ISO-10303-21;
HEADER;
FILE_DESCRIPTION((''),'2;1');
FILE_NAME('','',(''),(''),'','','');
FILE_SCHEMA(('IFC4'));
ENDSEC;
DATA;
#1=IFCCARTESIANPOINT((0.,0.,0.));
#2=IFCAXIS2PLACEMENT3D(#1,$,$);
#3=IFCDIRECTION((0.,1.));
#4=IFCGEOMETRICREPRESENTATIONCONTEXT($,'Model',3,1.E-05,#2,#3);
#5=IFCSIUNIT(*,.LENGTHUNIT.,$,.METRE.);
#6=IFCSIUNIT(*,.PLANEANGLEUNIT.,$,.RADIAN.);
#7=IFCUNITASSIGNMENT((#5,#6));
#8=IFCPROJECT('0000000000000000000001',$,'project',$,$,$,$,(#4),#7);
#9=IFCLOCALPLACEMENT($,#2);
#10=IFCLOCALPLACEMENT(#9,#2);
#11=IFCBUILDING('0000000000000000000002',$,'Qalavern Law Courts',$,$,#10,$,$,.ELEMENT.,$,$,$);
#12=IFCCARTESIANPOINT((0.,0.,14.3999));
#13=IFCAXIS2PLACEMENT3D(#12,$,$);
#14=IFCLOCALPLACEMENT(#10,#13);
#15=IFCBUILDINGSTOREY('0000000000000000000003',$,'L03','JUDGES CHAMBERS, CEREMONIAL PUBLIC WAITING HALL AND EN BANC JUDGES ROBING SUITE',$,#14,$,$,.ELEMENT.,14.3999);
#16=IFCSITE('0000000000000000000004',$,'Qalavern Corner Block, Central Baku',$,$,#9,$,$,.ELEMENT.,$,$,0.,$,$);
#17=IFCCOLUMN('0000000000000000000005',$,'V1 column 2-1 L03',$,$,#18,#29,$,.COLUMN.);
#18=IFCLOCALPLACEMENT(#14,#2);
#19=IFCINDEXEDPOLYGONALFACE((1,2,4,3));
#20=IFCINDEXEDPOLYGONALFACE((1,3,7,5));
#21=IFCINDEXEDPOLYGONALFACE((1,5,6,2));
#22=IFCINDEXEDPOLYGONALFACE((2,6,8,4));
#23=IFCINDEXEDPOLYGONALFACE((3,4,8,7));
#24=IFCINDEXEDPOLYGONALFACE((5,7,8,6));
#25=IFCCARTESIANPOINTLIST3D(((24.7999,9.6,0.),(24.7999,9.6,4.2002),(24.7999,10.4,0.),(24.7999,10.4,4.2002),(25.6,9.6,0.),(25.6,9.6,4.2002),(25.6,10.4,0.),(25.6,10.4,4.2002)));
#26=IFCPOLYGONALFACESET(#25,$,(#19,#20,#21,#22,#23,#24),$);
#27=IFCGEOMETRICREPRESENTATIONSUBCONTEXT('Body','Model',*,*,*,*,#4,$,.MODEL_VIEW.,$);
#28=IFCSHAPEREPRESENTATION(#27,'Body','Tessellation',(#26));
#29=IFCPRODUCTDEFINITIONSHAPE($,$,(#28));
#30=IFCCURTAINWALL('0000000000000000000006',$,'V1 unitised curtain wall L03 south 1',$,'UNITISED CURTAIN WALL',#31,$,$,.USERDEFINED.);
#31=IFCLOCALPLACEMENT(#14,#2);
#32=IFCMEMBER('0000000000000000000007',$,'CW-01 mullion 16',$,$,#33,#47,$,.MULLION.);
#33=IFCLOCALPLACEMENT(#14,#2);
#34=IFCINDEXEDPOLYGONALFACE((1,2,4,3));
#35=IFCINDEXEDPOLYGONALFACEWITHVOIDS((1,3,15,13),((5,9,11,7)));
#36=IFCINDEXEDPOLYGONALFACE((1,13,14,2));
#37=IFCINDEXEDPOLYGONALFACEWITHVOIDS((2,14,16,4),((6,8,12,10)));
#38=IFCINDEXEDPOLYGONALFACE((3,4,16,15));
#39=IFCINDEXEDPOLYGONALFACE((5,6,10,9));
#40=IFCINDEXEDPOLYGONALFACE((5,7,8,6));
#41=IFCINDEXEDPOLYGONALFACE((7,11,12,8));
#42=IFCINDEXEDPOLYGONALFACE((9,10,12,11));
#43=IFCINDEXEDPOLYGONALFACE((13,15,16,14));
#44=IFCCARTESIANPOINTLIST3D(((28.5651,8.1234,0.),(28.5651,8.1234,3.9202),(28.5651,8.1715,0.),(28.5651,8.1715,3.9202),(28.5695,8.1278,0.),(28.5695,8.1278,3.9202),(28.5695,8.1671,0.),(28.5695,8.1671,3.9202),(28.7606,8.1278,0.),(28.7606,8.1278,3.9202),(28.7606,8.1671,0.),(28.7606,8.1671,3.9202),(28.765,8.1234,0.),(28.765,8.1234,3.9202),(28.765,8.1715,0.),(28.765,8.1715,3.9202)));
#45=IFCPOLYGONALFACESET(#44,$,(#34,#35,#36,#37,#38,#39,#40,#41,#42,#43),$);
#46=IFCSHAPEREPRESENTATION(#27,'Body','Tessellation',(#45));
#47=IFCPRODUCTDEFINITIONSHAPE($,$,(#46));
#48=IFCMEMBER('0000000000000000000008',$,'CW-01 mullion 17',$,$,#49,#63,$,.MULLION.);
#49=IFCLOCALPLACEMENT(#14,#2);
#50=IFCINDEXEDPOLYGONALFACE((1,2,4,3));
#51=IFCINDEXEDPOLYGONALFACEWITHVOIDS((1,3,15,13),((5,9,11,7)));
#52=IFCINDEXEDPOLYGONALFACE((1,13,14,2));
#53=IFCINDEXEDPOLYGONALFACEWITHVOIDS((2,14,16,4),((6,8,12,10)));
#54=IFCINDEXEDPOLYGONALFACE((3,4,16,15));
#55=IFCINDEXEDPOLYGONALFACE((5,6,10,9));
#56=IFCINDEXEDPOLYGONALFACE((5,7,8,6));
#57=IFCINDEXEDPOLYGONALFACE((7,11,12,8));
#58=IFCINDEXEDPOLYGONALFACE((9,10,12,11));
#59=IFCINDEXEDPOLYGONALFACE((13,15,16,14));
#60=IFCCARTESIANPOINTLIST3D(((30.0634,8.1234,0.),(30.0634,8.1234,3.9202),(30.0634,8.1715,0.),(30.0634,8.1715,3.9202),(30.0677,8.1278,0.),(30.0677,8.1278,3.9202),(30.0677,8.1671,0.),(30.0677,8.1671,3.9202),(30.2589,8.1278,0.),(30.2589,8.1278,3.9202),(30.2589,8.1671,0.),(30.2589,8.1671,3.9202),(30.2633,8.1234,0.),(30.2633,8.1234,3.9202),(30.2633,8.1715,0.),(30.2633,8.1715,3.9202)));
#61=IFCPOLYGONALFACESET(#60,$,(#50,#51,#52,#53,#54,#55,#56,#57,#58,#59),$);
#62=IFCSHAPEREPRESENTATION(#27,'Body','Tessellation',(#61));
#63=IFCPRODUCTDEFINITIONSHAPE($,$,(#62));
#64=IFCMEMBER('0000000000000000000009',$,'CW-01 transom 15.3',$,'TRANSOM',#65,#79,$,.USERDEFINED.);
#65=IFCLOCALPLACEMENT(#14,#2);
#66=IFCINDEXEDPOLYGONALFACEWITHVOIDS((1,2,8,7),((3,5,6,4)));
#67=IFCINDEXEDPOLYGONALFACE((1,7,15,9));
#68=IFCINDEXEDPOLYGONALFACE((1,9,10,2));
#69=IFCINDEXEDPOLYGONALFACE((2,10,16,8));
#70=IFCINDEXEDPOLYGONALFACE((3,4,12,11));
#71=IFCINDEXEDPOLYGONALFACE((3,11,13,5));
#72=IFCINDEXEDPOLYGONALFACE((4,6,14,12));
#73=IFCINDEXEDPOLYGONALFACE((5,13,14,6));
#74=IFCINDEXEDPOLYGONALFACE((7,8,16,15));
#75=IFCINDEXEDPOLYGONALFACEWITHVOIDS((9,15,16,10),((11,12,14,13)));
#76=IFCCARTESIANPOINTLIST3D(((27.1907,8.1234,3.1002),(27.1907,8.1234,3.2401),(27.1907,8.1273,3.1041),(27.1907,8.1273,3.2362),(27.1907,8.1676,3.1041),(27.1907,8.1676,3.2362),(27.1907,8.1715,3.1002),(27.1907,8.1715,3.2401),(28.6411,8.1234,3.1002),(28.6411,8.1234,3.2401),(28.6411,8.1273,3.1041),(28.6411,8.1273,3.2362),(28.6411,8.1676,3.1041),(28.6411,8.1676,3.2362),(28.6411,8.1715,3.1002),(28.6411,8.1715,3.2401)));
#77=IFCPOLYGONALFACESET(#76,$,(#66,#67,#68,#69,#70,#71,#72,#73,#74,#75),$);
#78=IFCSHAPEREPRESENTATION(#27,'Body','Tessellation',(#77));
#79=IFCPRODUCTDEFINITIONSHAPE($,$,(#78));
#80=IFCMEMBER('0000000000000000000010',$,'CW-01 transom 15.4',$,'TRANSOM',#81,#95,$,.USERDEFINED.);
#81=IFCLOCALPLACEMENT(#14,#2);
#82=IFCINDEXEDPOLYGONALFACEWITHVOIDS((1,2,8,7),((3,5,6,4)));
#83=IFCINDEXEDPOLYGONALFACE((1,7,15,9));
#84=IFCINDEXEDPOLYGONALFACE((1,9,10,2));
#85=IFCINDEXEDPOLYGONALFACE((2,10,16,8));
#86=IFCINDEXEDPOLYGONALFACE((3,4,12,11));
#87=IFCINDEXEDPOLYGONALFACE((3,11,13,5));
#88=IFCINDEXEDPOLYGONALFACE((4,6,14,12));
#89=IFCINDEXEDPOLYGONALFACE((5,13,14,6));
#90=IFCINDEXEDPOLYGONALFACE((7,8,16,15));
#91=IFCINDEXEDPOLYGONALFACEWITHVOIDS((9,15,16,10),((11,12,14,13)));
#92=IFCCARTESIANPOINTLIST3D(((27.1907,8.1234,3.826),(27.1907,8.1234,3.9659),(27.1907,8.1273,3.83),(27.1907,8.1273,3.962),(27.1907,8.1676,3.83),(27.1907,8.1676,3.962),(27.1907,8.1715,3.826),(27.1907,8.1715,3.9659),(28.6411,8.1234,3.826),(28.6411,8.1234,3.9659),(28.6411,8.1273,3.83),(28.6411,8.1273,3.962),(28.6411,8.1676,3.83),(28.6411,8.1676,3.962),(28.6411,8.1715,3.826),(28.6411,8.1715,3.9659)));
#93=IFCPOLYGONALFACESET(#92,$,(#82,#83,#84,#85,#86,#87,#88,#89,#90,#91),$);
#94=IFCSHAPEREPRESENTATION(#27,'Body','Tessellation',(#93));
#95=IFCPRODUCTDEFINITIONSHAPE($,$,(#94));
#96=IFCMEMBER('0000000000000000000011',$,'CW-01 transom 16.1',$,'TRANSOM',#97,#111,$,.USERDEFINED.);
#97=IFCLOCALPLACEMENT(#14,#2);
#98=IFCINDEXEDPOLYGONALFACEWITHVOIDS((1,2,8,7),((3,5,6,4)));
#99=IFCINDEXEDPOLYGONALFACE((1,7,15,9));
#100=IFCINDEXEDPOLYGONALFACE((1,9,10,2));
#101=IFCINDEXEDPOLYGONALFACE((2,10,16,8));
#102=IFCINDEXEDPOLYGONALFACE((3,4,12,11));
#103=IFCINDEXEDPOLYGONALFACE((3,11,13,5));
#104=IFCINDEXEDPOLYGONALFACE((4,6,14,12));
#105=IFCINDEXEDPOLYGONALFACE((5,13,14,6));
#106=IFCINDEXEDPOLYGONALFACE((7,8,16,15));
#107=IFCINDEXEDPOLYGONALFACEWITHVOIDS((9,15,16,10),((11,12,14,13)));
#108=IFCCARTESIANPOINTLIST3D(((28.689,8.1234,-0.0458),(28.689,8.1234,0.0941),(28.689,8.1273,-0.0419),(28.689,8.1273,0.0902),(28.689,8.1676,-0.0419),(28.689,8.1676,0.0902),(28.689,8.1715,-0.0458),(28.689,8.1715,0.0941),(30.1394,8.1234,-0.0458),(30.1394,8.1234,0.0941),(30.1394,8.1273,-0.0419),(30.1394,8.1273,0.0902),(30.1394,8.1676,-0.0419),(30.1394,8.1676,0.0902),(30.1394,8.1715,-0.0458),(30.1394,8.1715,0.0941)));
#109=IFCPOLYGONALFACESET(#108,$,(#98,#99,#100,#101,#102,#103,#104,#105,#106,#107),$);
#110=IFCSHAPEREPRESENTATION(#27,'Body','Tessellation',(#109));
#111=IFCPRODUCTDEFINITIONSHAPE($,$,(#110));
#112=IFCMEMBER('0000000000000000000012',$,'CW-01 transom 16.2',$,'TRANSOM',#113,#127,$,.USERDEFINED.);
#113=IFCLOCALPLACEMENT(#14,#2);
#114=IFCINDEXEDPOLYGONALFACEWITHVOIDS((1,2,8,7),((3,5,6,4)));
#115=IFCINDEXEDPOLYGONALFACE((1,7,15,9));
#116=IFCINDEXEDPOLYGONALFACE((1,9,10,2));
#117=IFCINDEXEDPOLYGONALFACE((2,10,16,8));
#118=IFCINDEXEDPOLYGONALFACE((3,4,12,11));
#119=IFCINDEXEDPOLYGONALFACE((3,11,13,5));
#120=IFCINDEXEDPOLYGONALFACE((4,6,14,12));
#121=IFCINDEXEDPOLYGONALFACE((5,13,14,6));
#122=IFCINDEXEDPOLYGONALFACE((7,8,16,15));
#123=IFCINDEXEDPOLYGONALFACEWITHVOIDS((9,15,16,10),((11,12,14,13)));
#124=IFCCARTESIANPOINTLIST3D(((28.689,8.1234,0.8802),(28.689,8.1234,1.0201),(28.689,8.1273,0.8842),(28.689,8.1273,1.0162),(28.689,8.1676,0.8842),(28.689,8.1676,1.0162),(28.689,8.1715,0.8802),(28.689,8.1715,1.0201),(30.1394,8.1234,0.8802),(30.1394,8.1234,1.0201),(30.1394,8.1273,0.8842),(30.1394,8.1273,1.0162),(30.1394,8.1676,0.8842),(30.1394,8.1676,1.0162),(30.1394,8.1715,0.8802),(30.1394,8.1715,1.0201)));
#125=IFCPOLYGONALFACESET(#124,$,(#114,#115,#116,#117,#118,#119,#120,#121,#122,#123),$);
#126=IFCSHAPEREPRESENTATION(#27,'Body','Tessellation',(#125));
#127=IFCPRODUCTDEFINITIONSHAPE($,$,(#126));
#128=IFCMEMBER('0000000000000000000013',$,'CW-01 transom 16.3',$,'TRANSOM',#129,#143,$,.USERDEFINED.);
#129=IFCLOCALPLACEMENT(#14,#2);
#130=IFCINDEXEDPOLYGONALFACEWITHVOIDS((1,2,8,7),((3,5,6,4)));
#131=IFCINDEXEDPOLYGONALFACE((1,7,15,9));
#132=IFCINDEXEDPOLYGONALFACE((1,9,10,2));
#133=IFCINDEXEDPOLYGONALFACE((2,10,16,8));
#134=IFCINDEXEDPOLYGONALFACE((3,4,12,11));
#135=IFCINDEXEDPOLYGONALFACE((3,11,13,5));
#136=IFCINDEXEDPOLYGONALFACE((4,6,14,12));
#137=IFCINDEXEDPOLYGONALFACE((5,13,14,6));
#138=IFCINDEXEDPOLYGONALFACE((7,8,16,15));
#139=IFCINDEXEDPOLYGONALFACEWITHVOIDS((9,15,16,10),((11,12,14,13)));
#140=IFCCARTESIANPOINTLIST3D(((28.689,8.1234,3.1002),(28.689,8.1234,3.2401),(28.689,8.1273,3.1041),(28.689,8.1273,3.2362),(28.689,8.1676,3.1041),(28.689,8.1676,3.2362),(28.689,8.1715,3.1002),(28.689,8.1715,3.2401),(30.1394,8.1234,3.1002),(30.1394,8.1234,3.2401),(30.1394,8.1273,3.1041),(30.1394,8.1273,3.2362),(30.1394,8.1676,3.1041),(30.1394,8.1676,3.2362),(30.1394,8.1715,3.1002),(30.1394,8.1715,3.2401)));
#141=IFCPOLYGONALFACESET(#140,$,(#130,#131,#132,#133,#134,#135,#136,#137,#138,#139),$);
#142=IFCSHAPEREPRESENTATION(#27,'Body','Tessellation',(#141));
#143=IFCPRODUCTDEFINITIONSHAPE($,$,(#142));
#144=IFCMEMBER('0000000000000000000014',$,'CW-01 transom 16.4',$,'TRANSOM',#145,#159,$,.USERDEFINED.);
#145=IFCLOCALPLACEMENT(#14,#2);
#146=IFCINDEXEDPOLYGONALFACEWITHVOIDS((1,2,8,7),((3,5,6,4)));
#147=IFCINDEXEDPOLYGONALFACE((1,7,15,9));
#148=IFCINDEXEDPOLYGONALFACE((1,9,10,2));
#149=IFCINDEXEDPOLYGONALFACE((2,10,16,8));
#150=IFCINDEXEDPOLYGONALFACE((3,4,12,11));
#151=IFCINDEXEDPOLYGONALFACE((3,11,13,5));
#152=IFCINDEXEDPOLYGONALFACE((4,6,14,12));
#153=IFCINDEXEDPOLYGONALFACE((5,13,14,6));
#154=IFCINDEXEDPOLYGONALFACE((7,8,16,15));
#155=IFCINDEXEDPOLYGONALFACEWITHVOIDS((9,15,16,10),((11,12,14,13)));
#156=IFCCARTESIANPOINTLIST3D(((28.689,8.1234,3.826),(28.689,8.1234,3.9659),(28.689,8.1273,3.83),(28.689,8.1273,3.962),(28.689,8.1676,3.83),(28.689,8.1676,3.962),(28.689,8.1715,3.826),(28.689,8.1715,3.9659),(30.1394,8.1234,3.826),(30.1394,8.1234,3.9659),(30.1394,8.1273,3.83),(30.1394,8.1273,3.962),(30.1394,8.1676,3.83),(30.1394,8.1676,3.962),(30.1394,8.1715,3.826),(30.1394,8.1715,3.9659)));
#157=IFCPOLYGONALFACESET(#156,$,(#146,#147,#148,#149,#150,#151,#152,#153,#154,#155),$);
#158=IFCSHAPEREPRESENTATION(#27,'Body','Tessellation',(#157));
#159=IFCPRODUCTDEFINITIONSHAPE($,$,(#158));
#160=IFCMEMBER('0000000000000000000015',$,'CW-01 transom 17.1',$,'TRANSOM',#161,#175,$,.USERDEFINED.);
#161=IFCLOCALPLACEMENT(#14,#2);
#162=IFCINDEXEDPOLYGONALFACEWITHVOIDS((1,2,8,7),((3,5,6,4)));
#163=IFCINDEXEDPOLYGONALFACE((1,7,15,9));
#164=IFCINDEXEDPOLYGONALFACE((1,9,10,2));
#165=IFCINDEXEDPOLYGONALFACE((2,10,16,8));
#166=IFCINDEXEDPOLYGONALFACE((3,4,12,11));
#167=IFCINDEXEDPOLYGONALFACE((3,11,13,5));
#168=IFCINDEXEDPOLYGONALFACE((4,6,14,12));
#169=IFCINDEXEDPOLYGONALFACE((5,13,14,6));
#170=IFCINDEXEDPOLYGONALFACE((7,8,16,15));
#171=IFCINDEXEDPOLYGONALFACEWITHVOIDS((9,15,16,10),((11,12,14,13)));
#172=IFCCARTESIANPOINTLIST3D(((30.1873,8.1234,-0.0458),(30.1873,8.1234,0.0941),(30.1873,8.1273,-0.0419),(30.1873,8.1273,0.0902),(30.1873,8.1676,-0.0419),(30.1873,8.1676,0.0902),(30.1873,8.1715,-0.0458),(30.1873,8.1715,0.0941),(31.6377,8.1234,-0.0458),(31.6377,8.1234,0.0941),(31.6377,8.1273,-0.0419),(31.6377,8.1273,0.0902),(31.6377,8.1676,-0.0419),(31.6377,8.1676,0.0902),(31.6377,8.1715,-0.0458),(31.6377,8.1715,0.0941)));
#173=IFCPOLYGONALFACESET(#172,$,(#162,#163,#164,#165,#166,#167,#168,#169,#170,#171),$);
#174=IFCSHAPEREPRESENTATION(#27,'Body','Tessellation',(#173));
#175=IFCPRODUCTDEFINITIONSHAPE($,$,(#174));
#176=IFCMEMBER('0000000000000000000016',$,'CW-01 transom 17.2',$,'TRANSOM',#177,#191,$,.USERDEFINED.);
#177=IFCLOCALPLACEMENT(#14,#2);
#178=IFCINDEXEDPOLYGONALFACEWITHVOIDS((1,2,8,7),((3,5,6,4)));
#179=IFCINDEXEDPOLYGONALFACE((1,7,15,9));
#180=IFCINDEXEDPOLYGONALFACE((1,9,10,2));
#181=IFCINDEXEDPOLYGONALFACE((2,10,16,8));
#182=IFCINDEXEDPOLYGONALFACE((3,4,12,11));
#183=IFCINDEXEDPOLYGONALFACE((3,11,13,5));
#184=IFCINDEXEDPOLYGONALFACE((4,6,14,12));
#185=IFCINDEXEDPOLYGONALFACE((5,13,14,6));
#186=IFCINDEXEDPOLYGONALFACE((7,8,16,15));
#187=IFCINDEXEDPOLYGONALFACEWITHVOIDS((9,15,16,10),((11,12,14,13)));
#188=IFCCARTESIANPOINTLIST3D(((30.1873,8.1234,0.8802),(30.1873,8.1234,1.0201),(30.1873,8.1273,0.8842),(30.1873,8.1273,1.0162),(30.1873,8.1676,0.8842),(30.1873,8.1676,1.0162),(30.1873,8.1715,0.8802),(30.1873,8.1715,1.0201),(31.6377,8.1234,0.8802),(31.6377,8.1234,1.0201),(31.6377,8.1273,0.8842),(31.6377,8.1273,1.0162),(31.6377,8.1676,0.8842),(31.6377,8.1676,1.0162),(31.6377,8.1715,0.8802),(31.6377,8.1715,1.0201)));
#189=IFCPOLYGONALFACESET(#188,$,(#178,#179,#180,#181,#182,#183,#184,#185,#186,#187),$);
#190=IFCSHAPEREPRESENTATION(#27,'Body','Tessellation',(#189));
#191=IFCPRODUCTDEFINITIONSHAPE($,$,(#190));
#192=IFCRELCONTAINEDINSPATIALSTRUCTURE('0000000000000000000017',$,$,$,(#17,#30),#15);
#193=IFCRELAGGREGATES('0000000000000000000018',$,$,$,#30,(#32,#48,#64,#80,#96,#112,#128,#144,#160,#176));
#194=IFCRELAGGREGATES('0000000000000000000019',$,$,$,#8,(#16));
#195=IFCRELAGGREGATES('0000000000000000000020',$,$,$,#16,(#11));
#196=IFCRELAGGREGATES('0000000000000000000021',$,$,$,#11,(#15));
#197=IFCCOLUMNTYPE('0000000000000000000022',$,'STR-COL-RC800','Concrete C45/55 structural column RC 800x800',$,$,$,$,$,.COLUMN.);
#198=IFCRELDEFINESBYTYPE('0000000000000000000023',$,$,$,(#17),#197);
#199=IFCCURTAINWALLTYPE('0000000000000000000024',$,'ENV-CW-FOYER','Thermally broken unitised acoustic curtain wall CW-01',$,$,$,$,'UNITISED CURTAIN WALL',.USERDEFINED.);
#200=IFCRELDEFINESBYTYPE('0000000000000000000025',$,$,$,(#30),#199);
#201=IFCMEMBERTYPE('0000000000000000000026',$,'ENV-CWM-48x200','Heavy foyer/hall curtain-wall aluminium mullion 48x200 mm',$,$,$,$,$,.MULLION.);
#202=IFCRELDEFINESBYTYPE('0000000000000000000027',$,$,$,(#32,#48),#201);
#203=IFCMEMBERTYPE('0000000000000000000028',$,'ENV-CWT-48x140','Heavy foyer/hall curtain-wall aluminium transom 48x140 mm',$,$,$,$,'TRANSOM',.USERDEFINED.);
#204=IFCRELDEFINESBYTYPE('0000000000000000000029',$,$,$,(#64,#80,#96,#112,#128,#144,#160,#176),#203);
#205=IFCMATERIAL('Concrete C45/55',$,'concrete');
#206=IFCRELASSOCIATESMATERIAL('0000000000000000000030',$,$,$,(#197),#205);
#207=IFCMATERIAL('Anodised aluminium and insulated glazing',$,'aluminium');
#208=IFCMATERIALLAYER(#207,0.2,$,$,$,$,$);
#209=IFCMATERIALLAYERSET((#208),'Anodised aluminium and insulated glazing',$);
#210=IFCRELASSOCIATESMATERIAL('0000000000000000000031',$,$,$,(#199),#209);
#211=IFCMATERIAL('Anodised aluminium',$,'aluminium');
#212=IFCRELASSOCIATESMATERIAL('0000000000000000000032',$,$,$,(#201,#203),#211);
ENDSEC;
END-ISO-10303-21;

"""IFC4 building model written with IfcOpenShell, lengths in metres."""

from ifc_helpers import new_model, si_unit, direction, frame, origin, origin_2d, place, context, subcontext, project, spatial, rectangle, hollow_rectangle, extrude, material, layer, layer_set, material_profile, profile_set, type_object, element, aggregate, save


model = new_model("IFC4")

# Units and contexts
model_context = context("Model", 3, precision=1e-05, world=origin(), true_north=direction((0.0, 1.0)))
body_context = subcontext(model_context, "Body", "Model", "MODEL_VIEW")
ifc_project = project(units=[si_unit("LENGTHUNIT", "METRE"), si_unit("PLANEANGLEUNIT", "RADIAN")], contexts=[model_context])

# Site, building, storey
site_placement = place(None, origin())
site = spatial("IfcSite", under=ifc_project, at=site_placement, Name="Qalavern Corner Block, Central Baku", CompositionType="ELEMENT", RefElevation=0.0)
building_placement = place(site_placement, origin())
building = spatial("IfcBuilding", under=site, at=building_placement, Name="Qalavern Law Courts", CompositionType="ELEMENT")
storey_placement = place(building_placement, frame((0.0, 0.0, 14.3999)))
storey = spatial("IfcBuildingStorey", under=building, at=storey_placement, Name="L03", Description="JUDGES CHAMBERS, CEREMONIAL PUBLIC WAITING HALL AND EN BANC JUDGES ROBING SUITE", CompositionType="ELEMENT", Elevation=14.3999)

# Column
ifc_material_1 = material(Name="Concrete C45/55", Category="concrete")
ifc_material_profile_1 = material_profile(ifc_material_1, rectangle(XDim=0.8, YDim=0.8, at=origin_2d()), Name="RC 800x800")
ifc_profile_set_1 = profile_set([ifc_material_profile_1], Name="Concrete C45/55")
column_type = type_object("IfcColumnType", Name="STR-COL-RC800", Description="Concrete C45/55 structural column RC 800x800", PredefinedType="COLUMN", material=ifc_profile_set_1)
column_placement = place(storey_placement, frame((25.2, 10.0, 0.0), z_axis=(0.0, 0.0, 1.0), x_axis=(1.0, 0.0, 0.0)))
element("IfcColumn", 1, at=column_placement, inside=storey, type_object=column_type, Name="V1 column 2-1 L03", PredefinedType="COLUMN", context=body_context, shape_type="SweptSolid", body=[
    extrude(rectangle(XDim=0.8, YDim=0.8, at=origin_2d()), origin(), (0.0, 0.0, 1.0), 4.2002),
])

# Curtain wall, members
ifc_material_2 = material(Name="Anodised aluminium and insulated glazing", Category="aluminium")
ifc_layer_1 = layer(ifc_material_2, 0.2)
ifc_layer_set_1 = layer_set([ifc_layer_1], Name="Anodised aluminium and insulated glazing")
curtain_wall_type = type_object("IfcCurtainWallType", Name="ENV-CW-FOYER", Description="Thermally broken unitised acoustic curtain wall CW-01", ElementType="UNITISED CURTAIN WALL", PredefinedType="USERDEFINED", material=ifc_layer_set_1)
curtain_wall_placement = place(storey_placement, origin())
curtain_wall = element("IfcCurtainWall", 2, at=curtain_wall_placement, inside=storey, type_object=curtain_wall_type, Name="V1 unitised curtain wall L03 south 1", ObjectType="UNITISED CURTAIN WALL", PredefinedType="USERDEFINED")
ifc_material_3 = material(Name="Anodised aluminium", Category="aluminium")
ifc_material_profile_2 = material_profile(ifc_material_3, hollow_rectangle(XDim=0.0481, YDim=0.2, WallThickness=0.0044, at=origin_2d()), Name="ALU MULLION 48x200")
ifc_profile_set_2 = profile_set([ifc_material_profile_2], Name="Anodised aluminium")
member_type_1 = type_object("IfcMemberType", Name="ENV-CWM-48x200", Description="Heavy foyer/hall curtain-wall aluminium mullion 48x200 mm", PredefinedType="MULLION", material=ifc_profile_set_2)
member_1_placement = place(storey_placement, frame((28.665, 8.1475, 0.0), z_axis=(0.0, 0.0, 1.0), x_axis=(0.0, 1.0, 0.0)))
member_1 = element("IfcMember", 3, at=member_1_placement, type_object=member_type_1, Name="CW-01 mullion 16", PredefinedType="MULLION", context=body_context, shape_type="SweptSolid", body=[
    extrude(hollow_rectangle(XDim=0.0481, YDim=0.2, WallThickness=0.0044, at=origin_2d()), origin(), (0.0, 0.0, 1.0), 3.9202),
])
member_2_placement = place(storey_placement, frame((30.1633, 8.1475, 0.0), z_axis=(0.0, 0.0, 1.0), x_axis=(0.0, 1.0, 0.0)))
member_2 = element("IfcMember", 4, at=member_2_placement, type_object=member_type_1, Name="CW-01 mullion 17", PredefinedType="MULLION", context=body_context, shape_type="SweptSolid", body=[
    extrude(hollow_rectangle(XDim=0.0481, YDim=0.2, WallThickness=0.0044, at=origin_2d()), origin(), (0.0, 0.0, 1.0), 3.9202),
])
ifc_material_profile_3 = material_profile(ifc_material_3, hollow_rectangle(XDim=0.0481, YDim=0.1399, WallThickness=0.0039, at=origin_2d()), Name="ALU TRANSOM 48x140")
ifc_profile_set_3 = profile_set([ifc_material_profile_3], Name="Anodised aluminium")
member_type_2 = type_object("IfcMemberType", Name="ENV-CWT-48x140", Description="Heavy foyer/hall curtain-wall aluminium transom 48x140 mm", ElementType="TRANSOM", PredefinedType="USERDEFINED", material=ifc_profile_set_3)
member_3_placement = place(storey_placement, frame((27.1907, 8.1475, 3.1702), z_axis=(1.0, 0.0, 0.0), x_axis=(0.0, 1.0, 0.0)))
member_3 = element("IfcMember", 5, at=member_3_placement, type_object=member_type_2, Name="CW-01 transom 15.3", ObjectType="TRANSOM", PredefinedType="USERDEFINED", context=body_context, shape_type="SweptSolid", body=[
    extrude(hollow_rectangle(XDim=0.0481, YDim=0.1399, WallThickness=0.0039, at=origin_2d()), origin(), (0.0, 0.0, 1.0), 1.4504),
])
member_4_placement = place(storey_placement, frame((27.1907, 8.1475, 3.896), z_axis=(1.0, 0.0, 0.0), x_axis=(0.0, 1.0, 0.0)))
member_4 = element("IfcMember", 6, at=member_4_placement, type_object=member_type_2, Name="CW-01 transom 15.4", ObjectType="TRANSOM", PredefinedType="USERDEFINED", context=body_context, shape_type="SweptSolid", body=[
    extrude(hollow_rectangle(XDim=0.0481, YDim=0.1399, WallThickness=0.0039, at=origin_2d()), origin(), (0.0, 0.0, 1.0), 1.4504),
])
member_5_placement = place(storey_placement, frame((28.689, 8.1475, 0.0242), z_axis=(1.0, 0.0, 0.0), x_axis=(0.0, 1.0, 0.0)))
member_5 = element("IfcMember", 7, at=member_5_placement, type_object=member_type_2, Name="CW-01 transom 16.1", ObjectType="TRANSOM", PredefinedType="USERDEFINED", context=body_context, shape_type="SweptSolid", body=[
    extrude(hollow_rectangle(XDim=0.0481, YDim=0.1399, WallThickness=0.0039, at=origin_2d()), origin(), (0.0, 0.0, 1.0), 1.4504),
])
member_6_placement = place(storey_placement, frame((28.689, 8.1475, 0.9502), z_axis=(1.0, 0.0, 0.0), x_axis=(0.0, 1.0, 0.0)))
member_6 = element("IfcMember", 8, at=member_6_placement, type_object=member_type_2, Name="CW-01 transom 16.2", ObjectType="TRANSOM", PredefinedType="USERDEFINED", context=body_context, shape_type="SweptSolid", body=[
    extrude(hollow_rectangle(XDim=0.0481, YDim=0.1399, WallThickness=0.0039, at=origin_2d()), origin(), (0.0, 0.0, 1.0), 1.4504),
])
member_7_placement = place(storey_placement, frame((28.689, 8.1475, 3.1702), z_axis=(1.0, 0.0, 0.0), x_axis=(0.0, 1.0, 0.0)))
member_7 = element("IfcMember", 9, at=member_7_placement, type_object=member_type_2, Name="CW-01 transom 16.3", ObjectType="TRANSOM", PredefinedType="USERDEFINED", context=body_context, shape_type="SweptSolid", body=[
    extrude(hollow_rectangle(XDim=0.0481, YDim=0.1399, WallThickness=0.0039, at=origin_2d()), origin(), (0.0, 0.0, 1.0), 1.4504),
])
member_8_placement = place(storey_placement, frame((28.689, 8.1475, 3.896), z_axis=(1.0, 0.0, 0.0), x_axis=(0.0, 1.0, 0.0)))
member_8 = element("IfcMember", 10, at=member_8_placement, type_object=member_type_2, Name="CW-01 transom 16.4", ObjectType="TRANSOM", PredefinedType="USERDEFINED", context=body_context, shape_type="SweptSolid", body=[
    extrude(hollow_rectangle(XDim=0.0481, YDim=0.1399, WallThickness=0.0039, at=origin_2d()), origin(), (0.0, 0.0, 1.0), 1.4504),
])
member_9_placement = place(storey_placement, frame((30.1873, 8.1475, 0.0242), z_axis=(1.0, 0.0, 0.0), x_axis=(0.0, 1.0, 0.0)))
member_9 = element("IfcMember", 11, at=member_9_placement, type_object=member_type_2, Name="CW-01 transom 17.1", ObjectType="TRANSOM", PredefinedType="USERDEFINED", context=body_context, shape_type="SweptSolid", body=[
    extrude(hollow_rectangle(XDim=0.0481, YDim=0.1399, WallThickness=0.0039, at=origin_2d()), origin(), (0.0, 0.0, 1.0), 1.4504),
])
member_10_placement = place(storey_placement, frame((30.1873, 8.1475, 0.9502), z_axis=(1.0, 0.0, 0.0), x_axis=(0.0, 1.0, 0.0)))
member_10 = element("IfcMember", 12, at=member_10_placement, type_object=member_type_2, Name="CW-01 transom 17.2", ObjectType="TRANSOM", PredefinedType="USERDEFINED", context=body_context, shape_type="SweptSolid", body=[
    extrude(hollow_rectangle(XDim=0.0481, YDim=0.1399, WallThickness=0.0039, at=origin_2d()), origin(), (0.0, 0.0, 1.0), 1.4504),
])

aggregate(curtain_wall, [member_1, member_2, member_3, member_4, member_5, member_6, member_7, member_8, member_9, member_10])

save(model, "model.ifc")
